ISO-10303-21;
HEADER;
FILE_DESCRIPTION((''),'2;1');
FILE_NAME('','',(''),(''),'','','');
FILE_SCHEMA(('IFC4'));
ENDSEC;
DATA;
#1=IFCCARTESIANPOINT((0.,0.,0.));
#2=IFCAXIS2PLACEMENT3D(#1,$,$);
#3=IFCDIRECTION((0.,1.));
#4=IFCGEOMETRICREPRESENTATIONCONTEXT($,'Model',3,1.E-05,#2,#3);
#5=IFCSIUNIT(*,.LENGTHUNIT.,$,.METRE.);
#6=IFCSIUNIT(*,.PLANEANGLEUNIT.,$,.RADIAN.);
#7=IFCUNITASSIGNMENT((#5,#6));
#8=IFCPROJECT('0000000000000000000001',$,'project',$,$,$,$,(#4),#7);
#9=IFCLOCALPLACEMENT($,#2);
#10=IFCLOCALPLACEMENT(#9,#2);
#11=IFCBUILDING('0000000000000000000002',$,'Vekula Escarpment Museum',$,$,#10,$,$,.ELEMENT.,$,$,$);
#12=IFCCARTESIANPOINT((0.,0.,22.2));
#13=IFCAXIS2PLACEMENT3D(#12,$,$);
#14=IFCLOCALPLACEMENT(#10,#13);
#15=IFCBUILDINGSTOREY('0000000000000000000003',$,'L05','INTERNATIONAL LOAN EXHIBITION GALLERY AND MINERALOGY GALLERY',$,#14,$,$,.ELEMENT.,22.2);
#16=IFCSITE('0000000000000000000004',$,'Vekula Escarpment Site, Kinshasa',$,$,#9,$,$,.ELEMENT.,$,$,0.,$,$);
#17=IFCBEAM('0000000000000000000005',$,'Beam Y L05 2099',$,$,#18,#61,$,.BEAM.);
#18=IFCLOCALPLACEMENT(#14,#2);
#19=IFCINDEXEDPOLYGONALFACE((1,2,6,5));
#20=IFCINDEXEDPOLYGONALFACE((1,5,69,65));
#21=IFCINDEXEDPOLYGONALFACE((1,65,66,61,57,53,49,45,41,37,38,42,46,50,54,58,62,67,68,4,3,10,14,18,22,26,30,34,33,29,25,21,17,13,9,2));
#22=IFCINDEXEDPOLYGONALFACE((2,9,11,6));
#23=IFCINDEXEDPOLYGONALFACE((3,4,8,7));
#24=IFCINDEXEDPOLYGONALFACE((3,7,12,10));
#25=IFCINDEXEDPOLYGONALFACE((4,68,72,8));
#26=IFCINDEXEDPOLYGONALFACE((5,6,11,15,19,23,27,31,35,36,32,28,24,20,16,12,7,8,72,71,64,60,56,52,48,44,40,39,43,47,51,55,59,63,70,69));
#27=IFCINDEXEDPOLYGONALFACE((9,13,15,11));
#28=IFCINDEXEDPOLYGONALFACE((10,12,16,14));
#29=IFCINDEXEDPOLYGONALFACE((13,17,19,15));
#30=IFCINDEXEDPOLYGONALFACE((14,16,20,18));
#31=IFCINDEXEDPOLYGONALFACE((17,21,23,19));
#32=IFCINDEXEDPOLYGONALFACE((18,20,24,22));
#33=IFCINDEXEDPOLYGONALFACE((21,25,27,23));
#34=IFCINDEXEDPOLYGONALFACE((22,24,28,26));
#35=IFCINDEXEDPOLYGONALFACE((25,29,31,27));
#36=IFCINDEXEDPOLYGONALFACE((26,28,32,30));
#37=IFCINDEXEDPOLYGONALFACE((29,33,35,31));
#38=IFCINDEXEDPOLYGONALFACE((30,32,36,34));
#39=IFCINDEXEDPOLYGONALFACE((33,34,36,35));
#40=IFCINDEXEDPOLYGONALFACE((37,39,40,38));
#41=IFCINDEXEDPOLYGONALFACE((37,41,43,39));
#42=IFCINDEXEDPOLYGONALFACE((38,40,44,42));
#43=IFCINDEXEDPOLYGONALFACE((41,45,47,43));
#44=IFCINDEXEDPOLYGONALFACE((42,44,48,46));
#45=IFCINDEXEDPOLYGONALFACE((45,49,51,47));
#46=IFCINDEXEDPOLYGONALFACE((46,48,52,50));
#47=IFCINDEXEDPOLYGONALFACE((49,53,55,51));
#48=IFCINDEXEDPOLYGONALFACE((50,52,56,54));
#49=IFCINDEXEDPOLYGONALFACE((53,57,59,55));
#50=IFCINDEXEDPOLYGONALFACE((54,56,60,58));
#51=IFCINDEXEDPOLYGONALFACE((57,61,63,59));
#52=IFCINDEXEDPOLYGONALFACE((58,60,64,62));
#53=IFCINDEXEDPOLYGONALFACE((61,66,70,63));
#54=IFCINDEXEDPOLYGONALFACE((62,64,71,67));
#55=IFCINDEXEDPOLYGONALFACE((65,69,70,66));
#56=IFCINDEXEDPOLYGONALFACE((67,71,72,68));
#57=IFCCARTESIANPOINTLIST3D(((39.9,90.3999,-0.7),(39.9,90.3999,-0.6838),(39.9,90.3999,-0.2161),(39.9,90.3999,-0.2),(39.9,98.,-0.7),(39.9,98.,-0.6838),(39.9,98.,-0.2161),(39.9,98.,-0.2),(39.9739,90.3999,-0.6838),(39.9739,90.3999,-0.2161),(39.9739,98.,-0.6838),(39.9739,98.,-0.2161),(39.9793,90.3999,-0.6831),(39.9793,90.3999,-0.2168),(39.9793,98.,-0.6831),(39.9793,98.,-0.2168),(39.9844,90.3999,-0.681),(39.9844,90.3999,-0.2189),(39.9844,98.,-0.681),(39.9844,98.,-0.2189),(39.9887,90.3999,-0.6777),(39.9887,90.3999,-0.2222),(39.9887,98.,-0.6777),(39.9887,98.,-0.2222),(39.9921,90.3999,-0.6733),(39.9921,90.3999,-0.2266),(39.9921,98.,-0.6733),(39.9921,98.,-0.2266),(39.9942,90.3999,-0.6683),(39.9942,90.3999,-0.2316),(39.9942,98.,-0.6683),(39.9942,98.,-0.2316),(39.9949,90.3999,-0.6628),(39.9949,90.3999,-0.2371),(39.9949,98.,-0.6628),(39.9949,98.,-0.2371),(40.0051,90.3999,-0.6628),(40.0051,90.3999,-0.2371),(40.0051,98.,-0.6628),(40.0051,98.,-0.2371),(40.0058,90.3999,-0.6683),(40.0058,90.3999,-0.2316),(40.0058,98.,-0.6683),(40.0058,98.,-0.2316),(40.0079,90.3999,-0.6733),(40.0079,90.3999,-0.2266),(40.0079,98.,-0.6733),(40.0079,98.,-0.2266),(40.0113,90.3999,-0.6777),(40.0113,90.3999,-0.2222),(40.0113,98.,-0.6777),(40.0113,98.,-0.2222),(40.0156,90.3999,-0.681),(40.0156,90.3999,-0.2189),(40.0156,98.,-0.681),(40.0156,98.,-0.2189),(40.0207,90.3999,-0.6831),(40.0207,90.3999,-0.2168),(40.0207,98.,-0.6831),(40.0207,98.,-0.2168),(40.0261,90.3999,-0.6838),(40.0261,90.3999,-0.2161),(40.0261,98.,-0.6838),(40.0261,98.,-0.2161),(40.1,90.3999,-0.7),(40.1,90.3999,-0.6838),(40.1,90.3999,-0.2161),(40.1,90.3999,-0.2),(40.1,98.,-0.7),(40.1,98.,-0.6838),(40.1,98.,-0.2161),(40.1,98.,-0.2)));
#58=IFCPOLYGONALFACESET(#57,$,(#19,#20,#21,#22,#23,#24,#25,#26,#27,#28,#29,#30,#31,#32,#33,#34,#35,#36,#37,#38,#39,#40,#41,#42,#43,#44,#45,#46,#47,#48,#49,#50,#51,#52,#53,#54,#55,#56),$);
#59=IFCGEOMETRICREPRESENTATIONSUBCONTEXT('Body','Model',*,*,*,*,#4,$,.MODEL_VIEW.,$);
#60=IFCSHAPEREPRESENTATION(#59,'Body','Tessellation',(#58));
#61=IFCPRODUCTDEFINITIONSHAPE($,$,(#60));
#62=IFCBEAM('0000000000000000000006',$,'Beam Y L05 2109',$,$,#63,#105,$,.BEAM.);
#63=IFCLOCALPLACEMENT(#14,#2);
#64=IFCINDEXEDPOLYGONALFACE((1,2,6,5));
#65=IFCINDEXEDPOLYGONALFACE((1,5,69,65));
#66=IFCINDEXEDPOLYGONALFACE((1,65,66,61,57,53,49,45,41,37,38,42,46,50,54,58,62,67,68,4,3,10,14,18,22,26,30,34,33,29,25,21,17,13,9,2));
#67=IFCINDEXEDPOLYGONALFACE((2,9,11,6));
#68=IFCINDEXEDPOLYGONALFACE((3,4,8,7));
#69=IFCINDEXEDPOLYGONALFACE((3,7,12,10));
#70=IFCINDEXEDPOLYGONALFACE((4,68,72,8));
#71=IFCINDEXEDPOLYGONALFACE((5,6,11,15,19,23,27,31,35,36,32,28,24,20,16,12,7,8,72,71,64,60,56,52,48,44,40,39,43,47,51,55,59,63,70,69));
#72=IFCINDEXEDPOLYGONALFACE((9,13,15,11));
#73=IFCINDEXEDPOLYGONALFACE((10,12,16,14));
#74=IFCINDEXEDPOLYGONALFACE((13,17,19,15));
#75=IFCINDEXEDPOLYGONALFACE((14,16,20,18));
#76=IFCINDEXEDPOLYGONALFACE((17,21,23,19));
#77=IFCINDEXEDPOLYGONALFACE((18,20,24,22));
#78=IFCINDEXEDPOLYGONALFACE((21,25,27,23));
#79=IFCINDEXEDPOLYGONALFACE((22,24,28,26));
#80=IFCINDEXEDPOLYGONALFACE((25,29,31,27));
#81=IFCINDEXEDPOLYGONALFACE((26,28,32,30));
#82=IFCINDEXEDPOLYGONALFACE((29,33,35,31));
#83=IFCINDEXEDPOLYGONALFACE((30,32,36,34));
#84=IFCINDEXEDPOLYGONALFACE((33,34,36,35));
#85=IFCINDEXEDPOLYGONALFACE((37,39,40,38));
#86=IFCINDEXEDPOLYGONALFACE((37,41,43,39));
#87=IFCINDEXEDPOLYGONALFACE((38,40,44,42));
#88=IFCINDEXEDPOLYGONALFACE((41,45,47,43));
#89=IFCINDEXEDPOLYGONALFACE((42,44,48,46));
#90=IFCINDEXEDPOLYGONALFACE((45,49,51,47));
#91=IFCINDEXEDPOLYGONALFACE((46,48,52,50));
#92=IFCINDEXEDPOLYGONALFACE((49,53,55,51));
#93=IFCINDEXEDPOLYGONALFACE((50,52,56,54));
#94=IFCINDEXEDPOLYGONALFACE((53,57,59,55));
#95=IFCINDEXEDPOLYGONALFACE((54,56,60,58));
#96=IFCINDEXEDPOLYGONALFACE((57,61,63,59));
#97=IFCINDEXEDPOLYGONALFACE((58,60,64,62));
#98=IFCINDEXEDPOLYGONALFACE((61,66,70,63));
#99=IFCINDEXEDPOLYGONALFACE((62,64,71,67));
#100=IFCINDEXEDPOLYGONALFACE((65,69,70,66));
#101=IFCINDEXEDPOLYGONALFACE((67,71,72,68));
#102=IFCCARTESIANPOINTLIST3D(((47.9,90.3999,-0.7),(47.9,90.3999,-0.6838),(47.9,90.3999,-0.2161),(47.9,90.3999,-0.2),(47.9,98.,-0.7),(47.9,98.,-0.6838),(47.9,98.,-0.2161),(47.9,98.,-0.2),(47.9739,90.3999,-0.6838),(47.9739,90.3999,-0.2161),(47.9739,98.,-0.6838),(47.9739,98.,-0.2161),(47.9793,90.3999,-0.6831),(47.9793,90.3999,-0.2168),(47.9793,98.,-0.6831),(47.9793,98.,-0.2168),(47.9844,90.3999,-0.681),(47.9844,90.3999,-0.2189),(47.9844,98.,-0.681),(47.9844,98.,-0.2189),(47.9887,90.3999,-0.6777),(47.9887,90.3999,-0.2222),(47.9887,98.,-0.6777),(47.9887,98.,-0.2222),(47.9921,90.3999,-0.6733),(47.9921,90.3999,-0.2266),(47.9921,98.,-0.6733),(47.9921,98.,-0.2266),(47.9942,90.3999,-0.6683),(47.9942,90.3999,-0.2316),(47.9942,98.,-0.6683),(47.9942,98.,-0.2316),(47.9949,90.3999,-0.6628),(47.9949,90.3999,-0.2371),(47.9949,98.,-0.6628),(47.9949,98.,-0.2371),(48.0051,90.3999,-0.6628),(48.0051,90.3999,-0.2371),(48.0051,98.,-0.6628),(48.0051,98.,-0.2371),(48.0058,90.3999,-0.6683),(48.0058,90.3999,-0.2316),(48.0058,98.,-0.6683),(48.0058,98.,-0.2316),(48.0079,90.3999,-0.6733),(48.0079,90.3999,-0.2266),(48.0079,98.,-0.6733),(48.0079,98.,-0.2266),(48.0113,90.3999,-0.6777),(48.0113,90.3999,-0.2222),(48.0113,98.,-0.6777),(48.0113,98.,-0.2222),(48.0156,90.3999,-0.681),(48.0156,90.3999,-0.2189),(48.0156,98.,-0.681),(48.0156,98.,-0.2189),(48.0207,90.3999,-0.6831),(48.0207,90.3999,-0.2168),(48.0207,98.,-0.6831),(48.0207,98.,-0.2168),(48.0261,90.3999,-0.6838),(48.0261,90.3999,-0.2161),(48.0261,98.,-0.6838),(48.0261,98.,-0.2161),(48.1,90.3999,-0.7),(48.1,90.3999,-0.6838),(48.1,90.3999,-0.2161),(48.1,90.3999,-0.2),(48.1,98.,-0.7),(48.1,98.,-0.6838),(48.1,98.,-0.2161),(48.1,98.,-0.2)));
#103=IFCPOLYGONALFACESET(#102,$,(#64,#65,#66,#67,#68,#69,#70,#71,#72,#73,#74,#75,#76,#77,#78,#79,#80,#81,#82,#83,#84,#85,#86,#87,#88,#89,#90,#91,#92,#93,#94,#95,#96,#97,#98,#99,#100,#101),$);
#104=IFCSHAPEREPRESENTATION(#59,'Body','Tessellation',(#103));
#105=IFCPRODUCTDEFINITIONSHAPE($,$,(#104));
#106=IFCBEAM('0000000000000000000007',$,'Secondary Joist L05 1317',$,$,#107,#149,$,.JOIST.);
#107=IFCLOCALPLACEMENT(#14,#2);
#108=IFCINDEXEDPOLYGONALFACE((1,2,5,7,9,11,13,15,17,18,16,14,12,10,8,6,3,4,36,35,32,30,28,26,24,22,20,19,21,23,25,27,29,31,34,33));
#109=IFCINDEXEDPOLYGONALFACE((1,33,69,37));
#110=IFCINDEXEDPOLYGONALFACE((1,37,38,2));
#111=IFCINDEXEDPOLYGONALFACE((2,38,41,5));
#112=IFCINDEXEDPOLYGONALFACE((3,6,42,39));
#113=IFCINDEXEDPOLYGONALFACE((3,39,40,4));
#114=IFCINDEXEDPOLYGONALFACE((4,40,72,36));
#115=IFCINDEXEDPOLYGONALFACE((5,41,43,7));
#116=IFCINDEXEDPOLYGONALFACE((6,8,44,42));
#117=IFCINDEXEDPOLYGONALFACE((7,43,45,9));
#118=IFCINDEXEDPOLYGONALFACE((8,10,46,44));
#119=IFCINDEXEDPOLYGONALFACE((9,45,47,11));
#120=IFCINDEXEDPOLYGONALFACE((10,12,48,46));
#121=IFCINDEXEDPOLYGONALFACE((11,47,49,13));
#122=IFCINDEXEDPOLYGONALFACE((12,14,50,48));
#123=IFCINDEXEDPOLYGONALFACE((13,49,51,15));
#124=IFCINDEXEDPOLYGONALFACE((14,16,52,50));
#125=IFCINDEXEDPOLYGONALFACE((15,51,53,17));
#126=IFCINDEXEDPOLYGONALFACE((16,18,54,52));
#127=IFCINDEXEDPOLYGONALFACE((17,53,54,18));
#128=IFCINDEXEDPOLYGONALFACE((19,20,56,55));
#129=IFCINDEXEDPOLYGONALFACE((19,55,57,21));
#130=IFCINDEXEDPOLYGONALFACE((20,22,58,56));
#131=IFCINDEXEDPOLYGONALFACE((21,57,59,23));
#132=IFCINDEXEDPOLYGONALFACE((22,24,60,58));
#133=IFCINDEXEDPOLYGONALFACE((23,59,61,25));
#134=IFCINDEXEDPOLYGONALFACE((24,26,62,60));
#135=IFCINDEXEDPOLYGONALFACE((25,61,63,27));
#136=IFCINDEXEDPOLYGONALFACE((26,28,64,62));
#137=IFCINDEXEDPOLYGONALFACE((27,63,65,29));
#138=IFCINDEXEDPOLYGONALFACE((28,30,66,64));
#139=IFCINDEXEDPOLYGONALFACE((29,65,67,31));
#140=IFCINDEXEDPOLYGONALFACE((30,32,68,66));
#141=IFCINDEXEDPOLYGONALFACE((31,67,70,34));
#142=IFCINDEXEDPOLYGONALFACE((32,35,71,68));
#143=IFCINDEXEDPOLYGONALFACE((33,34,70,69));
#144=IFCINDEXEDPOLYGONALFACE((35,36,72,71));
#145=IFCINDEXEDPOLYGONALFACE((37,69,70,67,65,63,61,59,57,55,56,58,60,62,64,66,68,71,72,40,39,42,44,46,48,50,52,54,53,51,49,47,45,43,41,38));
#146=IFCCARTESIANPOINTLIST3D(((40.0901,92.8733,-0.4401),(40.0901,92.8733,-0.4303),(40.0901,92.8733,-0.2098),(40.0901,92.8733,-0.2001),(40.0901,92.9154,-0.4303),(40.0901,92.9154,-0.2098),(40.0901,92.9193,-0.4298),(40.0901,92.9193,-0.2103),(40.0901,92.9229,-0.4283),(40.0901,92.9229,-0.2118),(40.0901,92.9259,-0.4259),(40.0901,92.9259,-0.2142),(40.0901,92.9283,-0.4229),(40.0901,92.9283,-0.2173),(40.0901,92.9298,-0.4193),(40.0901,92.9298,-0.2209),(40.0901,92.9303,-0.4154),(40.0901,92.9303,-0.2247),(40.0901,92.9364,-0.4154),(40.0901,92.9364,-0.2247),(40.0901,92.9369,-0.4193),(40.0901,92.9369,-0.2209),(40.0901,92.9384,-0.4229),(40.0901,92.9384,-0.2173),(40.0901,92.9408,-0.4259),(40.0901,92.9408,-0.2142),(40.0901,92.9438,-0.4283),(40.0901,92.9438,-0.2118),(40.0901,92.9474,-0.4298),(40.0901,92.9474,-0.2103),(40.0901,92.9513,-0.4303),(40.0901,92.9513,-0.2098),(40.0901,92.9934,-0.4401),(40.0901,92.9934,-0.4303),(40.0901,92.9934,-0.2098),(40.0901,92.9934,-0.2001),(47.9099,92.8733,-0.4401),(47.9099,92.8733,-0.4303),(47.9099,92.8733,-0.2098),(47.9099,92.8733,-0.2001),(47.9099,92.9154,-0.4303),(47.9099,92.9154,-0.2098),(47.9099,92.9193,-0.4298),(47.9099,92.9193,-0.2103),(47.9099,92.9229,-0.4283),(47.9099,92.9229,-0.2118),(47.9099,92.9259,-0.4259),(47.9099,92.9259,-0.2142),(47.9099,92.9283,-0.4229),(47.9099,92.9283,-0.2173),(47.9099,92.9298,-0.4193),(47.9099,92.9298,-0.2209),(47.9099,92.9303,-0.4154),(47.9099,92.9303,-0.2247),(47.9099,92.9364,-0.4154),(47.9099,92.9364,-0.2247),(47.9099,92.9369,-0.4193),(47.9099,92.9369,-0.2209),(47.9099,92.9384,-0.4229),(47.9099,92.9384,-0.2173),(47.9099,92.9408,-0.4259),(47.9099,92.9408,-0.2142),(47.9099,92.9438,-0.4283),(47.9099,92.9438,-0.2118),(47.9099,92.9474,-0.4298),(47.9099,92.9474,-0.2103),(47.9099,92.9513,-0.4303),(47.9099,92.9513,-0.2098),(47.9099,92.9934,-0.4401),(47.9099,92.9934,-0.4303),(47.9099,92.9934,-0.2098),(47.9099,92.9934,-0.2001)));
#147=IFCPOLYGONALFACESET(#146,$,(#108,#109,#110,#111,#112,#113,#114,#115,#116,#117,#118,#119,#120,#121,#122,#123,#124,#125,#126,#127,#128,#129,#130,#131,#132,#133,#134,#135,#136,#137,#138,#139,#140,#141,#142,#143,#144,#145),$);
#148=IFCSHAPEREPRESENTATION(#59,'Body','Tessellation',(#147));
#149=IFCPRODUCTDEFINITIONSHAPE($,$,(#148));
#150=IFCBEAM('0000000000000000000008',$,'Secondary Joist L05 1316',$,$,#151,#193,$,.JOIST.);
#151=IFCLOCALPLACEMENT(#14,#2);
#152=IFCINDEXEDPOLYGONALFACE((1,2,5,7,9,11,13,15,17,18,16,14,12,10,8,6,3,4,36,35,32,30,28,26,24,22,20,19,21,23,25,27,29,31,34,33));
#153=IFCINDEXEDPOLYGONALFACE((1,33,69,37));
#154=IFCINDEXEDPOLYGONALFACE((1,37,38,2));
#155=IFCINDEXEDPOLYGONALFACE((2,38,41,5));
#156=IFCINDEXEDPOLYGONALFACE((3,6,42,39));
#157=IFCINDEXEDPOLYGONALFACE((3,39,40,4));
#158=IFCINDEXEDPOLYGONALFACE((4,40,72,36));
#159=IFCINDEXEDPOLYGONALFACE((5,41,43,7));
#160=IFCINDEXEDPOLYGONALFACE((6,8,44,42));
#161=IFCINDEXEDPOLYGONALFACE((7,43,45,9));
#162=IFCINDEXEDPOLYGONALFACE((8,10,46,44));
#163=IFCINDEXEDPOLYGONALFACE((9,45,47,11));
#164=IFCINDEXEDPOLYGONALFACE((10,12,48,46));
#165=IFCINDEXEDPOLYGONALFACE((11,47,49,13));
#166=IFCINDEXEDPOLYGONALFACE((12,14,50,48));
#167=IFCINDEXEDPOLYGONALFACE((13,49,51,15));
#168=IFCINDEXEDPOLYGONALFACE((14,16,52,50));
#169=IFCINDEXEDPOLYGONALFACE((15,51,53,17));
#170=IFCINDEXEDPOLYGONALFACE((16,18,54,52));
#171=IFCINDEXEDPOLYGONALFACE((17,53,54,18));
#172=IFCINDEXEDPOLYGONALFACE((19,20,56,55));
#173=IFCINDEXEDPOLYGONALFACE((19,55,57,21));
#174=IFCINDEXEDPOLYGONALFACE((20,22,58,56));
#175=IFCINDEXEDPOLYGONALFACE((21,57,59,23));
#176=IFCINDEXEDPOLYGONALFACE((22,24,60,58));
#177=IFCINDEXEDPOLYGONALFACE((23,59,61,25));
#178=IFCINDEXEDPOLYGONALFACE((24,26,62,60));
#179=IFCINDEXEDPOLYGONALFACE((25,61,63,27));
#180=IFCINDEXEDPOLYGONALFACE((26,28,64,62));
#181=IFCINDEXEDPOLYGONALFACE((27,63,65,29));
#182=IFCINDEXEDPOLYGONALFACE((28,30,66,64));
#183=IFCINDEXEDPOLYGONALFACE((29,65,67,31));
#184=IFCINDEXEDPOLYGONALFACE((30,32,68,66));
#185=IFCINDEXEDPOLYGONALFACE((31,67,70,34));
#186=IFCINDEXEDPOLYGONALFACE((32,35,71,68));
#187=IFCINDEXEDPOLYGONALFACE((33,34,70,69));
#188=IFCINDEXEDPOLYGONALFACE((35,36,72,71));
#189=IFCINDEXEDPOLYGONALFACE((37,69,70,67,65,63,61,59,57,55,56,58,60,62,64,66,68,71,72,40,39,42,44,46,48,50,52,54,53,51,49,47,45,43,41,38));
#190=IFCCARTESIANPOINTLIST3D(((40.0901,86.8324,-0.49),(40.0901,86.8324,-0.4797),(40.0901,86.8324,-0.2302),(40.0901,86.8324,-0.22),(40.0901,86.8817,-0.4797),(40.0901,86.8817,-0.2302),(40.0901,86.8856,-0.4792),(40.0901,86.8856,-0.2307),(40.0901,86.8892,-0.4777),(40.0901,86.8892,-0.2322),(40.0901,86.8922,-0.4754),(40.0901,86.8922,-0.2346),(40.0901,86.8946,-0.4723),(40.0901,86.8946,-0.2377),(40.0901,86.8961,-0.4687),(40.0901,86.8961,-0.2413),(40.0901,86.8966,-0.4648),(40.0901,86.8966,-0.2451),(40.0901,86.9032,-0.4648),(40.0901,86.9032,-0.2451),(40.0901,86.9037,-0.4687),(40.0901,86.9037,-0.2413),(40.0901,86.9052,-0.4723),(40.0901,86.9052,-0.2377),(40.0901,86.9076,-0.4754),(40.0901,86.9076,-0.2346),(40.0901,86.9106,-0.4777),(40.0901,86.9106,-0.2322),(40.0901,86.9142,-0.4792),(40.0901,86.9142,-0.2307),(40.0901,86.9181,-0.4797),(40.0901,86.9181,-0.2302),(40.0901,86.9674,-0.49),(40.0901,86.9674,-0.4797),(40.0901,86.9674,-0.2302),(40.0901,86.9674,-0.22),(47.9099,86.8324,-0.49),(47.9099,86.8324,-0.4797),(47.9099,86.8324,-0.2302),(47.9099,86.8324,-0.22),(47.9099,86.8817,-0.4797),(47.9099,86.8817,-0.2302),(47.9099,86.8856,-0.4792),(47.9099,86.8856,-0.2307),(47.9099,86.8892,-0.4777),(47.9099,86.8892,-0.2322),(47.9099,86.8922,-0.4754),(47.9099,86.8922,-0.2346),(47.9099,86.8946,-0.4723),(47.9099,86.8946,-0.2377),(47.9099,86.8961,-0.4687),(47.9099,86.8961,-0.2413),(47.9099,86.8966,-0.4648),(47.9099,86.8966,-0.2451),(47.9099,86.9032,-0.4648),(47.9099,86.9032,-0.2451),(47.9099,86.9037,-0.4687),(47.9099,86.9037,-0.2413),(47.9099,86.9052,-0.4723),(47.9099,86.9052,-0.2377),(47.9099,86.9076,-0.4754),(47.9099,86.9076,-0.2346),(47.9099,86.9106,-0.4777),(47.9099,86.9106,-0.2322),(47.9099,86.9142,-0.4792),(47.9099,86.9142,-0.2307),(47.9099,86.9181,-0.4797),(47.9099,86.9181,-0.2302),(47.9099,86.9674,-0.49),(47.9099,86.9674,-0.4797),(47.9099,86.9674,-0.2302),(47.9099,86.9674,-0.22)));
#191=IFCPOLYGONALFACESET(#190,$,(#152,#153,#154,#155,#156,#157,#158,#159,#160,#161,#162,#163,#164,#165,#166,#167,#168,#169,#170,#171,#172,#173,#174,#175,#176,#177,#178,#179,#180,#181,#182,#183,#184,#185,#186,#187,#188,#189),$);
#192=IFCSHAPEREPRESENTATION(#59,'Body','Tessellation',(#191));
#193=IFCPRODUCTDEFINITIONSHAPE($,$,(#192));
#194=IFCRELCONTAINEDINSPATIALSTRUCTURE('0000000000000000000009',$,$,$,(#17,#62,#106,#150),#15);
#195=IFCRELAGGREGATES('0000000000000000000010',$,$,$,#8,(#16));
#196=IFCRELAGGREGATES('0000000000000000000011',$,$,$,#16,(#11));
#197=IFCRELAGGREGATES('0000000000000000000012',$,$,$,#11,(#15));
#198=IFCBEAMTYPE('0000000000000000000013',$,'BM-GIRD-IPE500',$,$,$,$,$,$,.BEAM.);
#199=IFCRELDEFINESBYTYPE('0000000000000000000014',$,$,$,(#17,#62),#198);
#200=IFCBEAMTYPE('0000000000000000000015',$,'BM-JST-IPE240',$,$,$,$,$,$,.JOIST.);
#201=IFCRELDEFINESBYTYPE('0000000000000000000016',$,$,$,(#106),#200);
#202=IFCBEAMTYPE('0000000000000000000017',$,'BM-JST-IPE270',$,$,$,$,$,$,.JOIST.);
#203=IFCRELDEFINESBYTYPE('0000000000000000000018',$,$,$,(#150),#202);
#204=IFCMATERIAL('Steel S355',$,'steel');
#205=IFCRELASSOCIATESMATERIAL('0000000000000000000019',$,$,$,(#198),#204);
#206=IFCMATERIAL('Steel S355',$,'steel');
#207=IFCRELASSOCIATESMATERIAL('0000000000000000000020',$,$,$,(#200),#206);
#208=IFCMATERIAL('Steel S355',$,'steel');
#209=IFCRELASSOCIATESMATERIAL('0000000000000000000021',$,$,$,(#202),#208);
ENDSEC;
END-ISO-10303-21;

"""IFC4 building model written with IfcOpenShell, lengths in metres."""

from ifc_helpers import new_model, si_unit, direction, frame, origin, origin_2d, place, context, subcontext, project, spatial, i_section, extrude, material, material_profile, profile_set, type_object, element, save


model = new_model("IFC4")

# Units and contexts
model_context = context("Model", 3, precision=1e-05, world=origin(), true_north=direction((0.0, 1.0)))
body_context = subcontext(model_context, "Body", "Model", "MODEL_VIEW")
ifc_project = project(units=[si_unit("LENGTHUNIT", "METRE"), si_unit("PLANEANGLEUNIT", "RADIAN")], contexts=[model_context])

# Site, building, storey
site_placement = place(None, origin())
site = spatial("IfcSite", under=ifc_project, at=site_placement, Name="Vekula Escarpment Site, Kinshasa", CompositionType="ELEMENT", RefElevation=0.0)
building_placement = place(site_placement, origin())
building = spatial("IfcBuilding", under=site, at=building_placement, Name="Vekula Escarpment Museum", CompositionType="ELEMENT")
storey_placement = place(building_placement, frame((0.0, 0.0, 22.2)))
storey = spatial("IfcBuildingStorey", under=building, at=storey_placement, Name="L05", Description="INTERNATIONAL LOAN EXHIBITION GALLERY AND MINERALOGY GALLERY", CompositionType="ELEMENT", Elevation=22.2)

# Beams
ifc_material_1 = material(Name="Steel S355", Category="steel")
ifc_material_profile_1 = material_profile(ifc_material_1, i_section(OverallWidth=0.2, OverallDepth=0.5, WebThickness=0.0103, FlangeThickness=0.0161, FilletRadius=0.021, at=origin_2d()), Name="IPE 500")
ifc_profile_set_1 = profile_set([ifc_material_profile_1], Name="Steel S355")
beam_type_1 = type_object("IfcBeamType", Name="BM-GIRD-IPE500", PredefinedType="BEAM", material=ifc_profile_set_1)
for number, where, z_axis, x_axis, name in (
    (1, (40.0, 90.3999, -0.45), (0.0, 1.0, 0.0), (-1.0, 0.0, 0.0), "Beam Y L05 2099"),
    (2, (48.0, 90.3999, -0.45), (0.0, 1.0, 0.0), (-1.0, 0.0, 0.0), "Beam Y L05 2109"),
):
    element("IfcBeam", number, at=place(storey_placement, frame(where, z_axis=z_axis, x_axis=x_axis)), inside=storey, type_object=beam_type_1, Name=name, PredefinedType="BEAM", context=body_context, shape_type="SweptSolid", body=[
        extrude(i_section(OverallWidth=0.2, OverallDepth=0.5, WebThickness=0.0103, FlangeThickness=0.0161, FilletRadius=0.021, at=origin_2d()), origin(), (0.0, 0.0, 1.0), 7.6001),
    ])
ifc_material_2 = material(Name="Steel S355", Category="steel")
ifc_material_profile_2 = material_profile(ifc_material_2, i_section(OverallWidth=0.1201, OverallDepth=0.24, WebThickness=0.0061, FlangeThickness=0.0098, FilletRadius=0.0149, at=origin_2d()), Name="IPE 240")
ifc_profile_set_2 = profile_set([ifc_material_profile_2], Name="Steel S355")
beam_type_2 = type_object("IfcBeamType", Name="BM-JST-IPE240", PredefinedType="JOIST", material=ifc_profile_set_2)
beam_1_placement = place(storey_placement, frame((40.0901, 92.9333, -0.3201), z_axis=(1.0, 0.0, 0.0), x_axis=(0.0, 1.0, 0.0)))
element("IfcBeam", 3, at=beam_1_placement, inside=storey, type_object=beam_type_2, Name="Secondary Joist L05 1317", PredefinedType="JOIST", context=body_context, shape_type="SweptSolid", body=[
    extrude(i_section(OverallWidth=0.1201, OverallDepth=0.24, WebThickness=0.0061, FlangeThickness=0.0098, FilletRadius=0.0149, at=origin_2d()), origin(), (0.0, 0.0, 1.0), 7.8198),
])
ifc_material_3 = material(Name="Steel S355", Category="steel")
ifc_material_profile_3 = material_profile(ifc_material_3, i_section(OverallWidth=0.135, OverallDepth=0.27, WebThickness=0.0066, FlangeThickness=0.0103, FilletRadius=0.0149, at=origin_2d()), Name="IPE 270")
ifc_profile_set_3 = profile_set([ifc_material_profile_3], Name="Steel S355")
beam_type_3 = type_object("IfcBeamType", Name="BM-JST-IPE270", PredefinedType="JOIST", material=ifc_profile_set_3)
beam_2_placement = place(storey_placement, frame((40.0901, 86.8999, -0.355), z_axis=(1.0, 0.0, 0.0), x_axis=(0.0, 1.0, 0.0)))
element("IfcBeam", 4, at=beam_2_placement, inside=storey, type_object=beam_type_3, Name="Secondary Joist L05 1316", PredefinedType="JOIST", context=body_context, shape_type="SweptSolid", body=[
    extrude(i_section(OverallWidth=0.135, OverallDepth=0.27, WebThickness=0.0066, FlangeThickness=0.0103, FilletRadius=0.0149, at=origin_2d()), origin(), (0.0, 0.0, 1.0), 7.8198),
])

save(model, "model.ifc")
